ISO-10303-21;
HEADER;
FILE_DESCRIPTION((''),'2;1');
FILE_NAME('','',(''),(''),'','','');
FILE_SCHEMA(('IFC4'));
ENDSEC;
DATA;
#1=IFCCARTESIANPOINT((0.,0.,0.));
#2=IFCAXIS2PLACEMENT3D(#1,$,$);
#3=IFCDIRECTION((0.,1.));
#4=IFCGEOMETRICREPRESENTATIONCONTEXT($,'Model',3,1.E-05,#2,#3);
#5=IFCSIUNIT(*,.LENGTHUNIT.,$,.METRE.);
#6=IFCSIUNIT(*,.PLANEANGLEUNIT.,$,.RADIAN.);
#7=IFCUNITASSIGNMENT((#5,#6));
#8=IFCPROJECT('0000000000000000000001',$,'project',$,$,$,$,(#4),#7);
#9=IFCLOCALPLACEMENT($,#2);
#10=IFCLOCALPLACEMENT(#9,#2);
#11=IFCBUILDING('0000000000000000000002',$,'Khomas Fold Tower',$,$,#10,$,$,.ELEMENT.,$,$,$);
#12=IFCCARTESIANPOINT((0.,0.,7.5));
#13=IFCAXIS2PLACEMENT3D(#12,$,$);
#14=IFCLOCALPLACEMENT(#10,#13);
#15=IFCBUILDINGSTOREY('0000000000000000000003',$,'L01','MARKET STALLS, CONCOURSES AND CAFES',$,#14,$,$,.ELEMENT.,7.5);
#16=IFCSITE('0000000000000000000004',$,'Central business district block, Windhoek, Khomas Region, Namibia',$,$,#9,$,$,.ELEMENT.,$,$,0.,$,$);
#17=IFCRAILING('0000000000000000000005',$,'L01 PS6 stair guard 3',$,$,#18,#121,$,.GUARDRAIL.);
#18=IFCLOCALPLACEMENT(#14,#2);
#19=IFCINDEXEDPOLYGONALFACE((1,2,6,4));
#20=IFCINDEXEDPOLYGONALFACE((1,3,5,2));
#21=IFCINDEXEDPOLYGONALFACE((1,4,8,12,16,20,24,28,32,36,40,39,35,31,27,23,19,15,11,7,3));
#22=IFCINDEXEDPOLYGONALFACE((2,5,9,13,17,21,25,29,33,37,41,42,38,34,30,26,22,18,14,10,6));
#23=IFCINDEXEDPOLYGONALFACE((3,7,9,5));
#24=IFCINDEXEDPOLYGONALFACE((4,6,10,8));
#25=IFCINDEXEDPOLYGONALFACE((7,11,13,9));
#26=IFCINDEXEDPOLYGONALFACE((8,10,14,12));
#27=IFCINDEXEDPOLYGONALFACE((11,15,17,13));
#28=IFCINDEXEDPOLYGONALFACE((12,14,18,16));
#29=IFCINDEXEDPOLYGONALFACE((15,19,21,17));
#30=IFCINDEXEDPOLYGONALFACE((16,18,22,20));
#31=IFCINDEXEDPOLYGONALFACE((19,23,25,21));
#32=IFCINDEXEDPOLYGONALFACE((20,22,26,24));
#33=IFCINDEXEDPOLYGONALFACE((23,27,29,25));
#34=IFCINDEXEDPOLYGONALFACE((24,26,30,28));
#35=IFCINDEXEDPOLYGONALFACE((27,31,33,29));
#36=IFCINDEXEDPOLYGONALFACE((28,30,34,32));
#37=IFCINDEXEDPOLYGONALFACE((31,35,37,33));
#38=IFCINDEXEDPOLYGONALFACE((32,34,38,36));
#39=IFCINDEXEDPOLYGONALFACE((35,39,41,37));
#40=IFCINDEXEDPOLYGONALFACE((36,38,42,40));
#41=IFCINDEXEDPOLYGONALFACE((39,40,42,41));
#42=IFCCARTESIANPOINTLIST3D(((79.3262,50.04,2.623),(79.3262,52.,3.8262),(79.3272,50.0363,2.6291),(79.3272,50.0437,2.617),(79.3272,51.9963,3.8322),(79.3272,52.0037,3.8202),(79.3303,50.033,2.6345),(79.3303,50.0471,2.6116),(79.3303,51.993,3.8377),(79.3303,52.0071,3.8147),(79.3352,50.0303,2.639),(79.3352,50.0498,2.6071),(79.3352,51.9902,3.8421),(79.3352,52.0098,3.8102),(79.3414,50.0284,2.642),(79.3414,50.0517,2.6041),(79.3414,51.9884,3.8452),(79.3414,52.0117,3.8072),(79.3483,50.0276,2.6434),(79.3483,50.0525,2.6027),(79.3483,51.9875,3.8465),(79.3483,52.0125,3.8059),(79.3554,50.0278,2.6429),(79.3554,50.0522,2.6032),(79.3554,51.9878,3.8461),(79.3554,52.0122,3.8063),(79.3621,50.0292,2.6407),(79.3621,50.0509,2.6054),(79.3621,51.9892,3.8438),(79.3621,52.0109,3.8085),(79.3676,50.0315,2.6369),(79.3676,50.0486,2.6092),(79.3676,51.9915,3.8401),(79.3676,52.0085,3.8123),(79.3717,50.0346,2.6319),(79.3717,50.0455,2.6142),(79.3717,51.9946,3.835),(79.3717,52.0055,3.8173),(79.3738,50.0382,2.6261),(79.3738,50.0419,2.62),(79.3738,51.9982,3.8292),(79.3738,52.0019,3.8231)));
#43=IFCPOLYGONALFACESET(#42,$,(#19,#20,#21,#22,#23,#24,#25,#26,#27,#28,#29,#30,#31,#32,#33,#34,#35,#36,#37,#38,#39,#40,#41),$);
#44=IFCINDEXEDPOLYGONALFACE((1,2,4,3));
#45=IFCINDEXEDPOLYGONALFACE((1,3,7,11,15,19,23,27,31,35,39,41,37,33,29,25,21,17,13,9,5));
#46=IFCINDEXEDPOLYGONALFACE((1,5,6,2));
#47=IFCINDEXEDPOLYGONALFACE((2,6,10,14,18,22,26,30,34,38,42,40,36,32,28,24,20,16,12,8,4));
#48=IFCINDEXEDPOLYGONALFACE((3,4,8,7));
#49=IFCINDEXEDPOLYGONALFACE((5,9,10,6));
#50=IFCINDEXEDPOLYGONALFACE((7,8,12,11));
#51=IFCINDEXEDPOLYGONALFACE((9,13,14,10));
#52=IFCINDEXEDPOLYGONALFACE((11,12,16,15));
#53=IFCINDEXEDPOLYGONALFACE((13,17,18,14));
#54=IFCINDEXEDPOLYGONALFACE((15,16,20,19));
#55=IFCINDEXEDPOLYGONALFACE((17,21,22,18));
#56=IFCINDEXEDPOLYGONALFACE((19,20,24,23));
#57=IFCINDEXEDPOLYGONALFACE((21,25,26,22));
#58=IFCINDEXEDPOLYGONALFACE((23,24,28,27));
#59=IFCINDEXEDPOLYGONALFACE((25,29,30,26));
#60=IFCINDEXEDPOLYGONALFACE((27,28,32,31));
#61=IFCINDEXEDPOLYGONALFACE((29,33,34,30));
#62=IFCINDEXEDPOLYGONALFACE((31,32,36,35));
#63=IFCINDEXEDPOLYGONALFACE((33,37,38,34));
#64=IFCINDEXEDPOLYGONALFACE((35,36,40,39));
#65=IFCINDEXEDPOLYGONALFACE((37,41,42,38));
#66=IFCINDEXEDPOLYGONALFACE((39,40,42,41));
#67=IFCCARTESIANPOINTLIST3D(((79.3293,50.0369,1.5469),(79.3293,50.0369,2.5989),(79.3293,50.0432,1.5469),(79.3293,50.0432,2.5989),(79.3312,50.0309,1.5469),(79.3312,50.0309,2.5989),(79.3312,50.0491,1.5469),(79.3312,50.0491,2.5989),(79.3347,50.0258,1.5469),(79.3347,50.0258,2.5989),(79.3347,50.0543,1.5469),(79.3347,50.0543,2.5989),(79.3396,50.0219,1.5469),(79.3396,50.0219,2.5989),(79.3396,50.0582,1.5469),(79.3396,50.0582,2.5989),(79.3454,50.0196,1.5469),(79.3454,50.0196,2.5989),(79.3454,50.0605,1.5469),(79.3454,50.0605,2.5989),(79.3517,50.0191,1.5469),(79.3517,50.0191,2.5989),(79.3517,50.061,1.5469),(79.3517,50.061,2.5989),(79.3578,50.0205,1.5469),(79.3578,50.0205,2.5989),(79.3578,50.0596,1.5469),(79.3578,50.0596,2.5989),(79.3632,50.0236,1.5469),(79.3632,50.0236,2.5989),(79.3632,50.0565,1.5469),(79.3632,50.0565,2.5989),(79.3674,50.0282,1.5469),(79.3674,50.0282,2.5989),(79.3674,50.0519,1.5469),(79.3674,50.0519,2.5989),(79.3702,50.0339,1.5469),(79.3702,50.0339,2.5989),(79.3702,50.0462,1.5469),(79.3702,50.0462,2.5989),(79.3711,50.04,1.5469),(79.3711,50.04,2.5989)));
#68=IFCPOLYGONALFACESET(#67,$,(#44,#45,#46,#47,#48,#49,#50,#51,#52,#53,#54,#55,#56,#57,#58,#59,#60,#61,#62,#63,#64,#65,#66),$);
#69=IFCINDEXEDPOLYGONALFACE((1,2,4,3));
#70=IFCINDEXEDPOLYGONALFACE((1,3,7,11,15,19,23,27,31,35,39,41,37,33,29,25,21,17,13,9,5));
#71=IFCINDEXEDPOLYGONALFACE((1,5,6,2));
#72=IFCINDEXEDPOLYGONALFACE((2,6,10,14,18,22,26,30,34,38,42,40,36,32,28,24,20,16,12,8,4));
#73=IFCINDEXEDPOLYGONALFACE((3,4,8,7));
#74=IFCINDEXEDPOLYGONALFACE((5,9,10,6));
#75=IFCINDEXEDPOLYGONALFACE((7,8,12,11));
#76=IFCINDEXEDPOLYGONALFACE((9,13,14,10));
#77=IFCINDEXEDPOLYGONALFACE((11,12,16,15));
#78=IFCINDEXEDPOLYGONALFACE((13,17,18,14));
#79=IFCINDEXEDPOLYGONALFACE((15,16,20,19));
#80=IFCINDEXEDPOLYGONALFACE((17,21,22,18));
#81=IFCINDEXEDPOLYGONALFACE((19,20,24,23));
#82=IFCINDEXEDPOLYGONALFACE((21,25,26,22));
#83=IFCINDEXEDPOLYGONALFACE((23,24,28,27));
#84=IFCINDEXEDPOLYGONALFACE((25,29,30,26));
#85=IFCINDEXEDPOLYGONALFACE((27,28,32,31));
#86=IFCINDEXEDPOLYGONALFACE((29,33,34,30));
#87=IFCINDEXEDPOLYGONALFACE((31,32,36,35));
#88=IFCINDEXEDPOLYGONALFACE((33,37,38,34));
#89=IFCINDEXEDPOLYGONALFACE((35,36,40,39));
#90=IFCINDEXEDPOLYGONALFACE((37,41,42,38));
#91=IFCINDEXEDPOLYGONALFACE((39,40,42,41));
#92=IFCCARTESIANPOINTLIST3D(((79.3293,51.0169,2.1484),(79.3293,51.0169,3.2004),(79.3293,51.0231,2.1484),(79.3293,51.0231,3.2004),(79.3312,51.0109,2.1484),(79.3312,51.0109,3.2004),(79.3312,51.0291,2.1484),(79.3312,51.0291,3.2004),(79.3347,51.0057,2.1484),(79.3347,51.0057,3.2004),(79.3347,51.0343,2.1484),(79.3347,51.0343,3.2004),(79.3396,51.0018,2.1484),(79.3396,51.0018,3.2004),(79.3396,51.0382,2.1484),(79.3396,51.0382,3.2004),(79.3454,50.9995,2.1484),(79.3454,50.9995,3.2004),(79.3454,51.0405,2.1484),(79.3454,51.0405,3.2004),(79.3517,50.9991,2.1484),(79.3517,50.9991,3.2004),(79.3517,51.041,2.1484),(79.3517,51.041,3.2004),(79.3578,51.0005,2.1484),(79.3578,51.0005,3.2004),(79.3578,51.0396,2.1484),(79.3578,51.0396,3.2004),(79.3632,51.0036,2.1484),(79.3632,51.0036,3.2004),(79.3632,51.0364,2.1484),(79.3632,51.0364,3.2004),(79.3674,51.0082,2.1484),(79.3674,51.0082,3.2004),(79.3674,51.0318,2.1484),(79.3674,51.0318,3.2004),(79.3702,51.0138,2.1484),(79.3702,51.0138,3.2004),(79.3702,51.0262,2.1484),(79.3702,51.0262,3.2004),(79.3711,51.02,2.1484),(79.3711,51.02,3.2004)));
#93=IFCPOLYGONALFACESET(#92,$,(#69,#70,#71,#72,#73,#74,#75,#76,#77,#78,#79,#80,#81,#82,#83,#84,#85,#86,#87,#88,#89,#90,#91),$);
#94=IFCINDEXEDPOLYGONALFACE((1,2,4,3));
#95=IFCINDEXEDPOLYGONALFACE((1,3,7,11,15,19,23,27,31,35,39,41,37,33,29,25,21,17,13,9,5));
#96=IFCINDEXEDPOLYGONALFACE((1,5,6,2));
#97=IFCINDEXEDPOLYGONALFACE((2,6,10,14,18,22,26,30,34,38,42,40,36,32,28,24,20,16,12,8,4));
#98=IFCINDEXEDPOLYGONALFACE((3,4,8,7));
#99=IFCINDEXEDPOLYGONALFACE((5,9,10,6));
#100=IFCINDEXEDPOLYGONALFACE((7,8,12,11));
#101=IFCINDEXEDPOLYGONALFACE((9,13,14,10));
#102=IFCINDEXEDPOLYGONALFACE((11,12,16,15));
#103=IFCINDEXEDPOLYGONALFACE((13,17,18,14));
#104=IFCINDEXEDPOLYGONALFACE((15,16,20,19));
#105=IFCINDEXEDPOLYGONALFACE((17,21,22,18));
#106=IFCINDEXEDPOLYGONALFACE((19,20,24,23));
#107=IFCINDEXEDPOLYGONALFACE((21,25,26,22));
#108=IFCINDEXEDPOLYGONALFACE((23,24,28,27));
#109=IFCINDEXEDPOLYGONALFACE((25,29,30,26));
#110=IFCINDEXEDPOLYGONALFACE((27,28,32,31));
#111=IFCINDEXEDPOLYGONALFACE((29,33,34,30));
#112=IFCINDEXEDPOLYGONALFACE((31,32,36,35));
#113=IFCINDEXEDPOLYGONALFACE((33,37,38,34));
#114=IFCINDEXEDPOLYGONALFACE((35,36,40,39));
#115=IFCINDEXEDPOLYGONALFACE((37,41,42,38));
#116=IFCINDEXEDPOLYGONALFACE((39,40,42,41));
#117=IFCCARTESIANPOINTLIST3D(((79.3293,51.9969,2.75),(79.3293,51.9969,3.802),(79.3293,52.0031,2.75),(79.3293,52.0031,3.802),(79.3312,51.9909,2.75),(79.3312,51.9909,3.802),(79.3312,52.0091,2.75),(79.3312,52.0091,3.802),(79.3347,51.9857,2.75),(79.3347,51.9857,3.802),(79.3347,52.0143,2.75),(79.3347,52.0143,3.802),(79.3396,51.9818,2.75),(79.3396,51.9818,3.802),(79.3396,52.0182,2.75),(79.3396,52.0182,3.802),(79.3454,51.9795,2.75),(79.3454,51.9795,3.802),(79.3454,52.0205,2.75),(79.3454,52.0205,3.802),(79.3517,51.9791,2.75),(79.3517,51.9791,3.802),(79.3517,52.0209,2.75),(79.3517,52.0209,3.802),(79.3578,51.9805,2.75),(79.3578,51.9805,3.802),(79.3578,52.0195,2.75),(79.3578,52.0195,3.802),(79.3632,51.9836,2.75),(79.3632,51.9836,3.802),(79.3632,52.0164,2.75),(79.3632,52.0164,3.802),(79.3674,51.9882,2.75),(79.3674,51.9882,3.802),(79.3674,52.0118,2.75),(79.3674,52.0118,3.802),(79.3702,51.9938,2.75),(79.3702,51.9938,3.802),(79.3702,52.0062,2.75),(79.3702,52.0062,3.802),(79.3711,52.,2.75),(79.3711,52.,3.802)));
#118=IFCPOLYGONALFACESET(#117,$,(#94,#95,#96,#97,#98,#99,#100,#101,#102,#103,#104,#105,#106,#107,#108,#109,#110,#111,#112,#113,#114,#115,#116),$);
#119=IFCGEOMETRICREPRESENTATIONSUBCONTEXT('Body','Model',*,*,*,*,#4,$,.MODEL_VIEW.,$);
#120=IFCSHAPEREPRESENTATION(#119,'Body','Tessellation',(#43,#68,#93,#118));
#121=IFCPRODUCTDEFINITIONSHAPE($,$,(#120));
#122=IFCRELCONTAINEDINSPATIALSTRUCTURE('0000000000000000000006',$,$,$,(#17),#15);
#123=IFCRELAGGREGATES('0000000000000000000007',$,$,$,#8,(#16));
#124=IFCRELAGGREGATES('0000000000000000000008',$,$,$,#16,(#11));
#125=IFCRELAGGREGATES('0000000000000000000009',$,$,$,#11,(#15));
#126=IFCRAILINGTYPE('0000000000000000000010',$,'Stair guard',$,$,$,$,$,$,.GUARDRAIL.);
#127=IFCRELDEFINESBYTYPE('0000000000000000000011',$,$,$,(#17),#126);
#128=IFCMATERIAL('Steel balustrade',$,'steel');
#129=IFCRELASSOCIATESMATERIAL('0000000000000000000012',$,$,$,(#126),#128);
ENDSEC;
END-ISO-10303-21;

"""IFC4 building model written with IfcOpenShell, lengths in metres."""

from ifc_helpers import new_model, si_unit, direction, frame, origin, origin_2d, place, context, subcontext, project, spatial, circle, extrude, source, transform, mapped, material, type_object, element, save


model = new_model("IFC4")

# Units and contexts
model_context = context("Model", 3, precision=1e-05, world=origin(), true_north=direction((0.0, 1.0)))
body_context = subcontext(model_context, "Body", "Model", "MODEL_VIEW")
ifc_project = project(units=[si_unit("LENGTHUNIT", "METRE"), si_unit("PLANEANGLEUNIT", "RADIAN")], contexts=[model_context])

# Site, building, storey
site_placement = place(None, origin())
site = spatial("IfcSite", under=ifc_project, at=site_placement, Name="Central business district block, Windhoek, Khomas Region, Namibia", CompositionType="ELEMENT", RefElevation=0.0)
building_placement = place(site_placement, origin())
building = spatial("IfcBuilding", under=site, at=building_placement, Name="Khomas Fold Tower", CompositionType="ELEMENT")
storey_placement = place(building_placement, frame((0.0, 0.0, 7.5)))
storey = spatial("IfcBuildingStorey", under=building, at=storey_placement, Name="L01", Description="MARKET STALLS, CONCOURSES AND CAFES", CompositionType="ELEMENT", Elevation=7.5)

# Railing
ifc_material_1 = material(Name="Steel balustrade", Category="steel")
railing_type_1 = type_object("IfcRailingType", Name="Stair guard", PredefinedType="GUARDRAIL", material=ifc_material_1)
shared_shape_1 = source(origin(), body_context, "Body", "SweptSolid", [
    extrude(circle(Radius=0.0239, at=origin_2d()), frame((0.0, 0.0, 1.0762), z_axis=(0.0, 0.852241, 0.523149), x_axis=(-1.0, 0.0, 0.0)), (0.0, 0.0, 1.0), 2.2998),
    extrude(circle(Radius=0.021, at=origin_2d()), origin(), (0.0, 0.0, 1.0), 1.052),
    extrude(circle(Radius=0.021, at=origin_2d()), frame((0.0, 0.98, 0.6016)), (0.0, 0.0, 1.0), 1.052),
    extrude(circle(Radius=0.021, at=origin_2d()), frame((0.0, 1.96, 1.2031)), (0.0, 0.0, 1.0), 1.052),
])
for number, where, name in (
    (1, (79.3501, 50.04, 1.5469), "L01 PS6 stair guard 3"),
):
    element("IfcRailing", number, at=place(storey_placement, frame(where)), inside=storey, type_object=railing_type_1, Name=name, PredefinedType="GUARDRAIL", context=body_context, shape_type="MappedRepresentation", body=[
        mapped(shared_shape_1, transform((0.0, 0.0, 0.0))),
    ])

save(model, "model.ifc")
